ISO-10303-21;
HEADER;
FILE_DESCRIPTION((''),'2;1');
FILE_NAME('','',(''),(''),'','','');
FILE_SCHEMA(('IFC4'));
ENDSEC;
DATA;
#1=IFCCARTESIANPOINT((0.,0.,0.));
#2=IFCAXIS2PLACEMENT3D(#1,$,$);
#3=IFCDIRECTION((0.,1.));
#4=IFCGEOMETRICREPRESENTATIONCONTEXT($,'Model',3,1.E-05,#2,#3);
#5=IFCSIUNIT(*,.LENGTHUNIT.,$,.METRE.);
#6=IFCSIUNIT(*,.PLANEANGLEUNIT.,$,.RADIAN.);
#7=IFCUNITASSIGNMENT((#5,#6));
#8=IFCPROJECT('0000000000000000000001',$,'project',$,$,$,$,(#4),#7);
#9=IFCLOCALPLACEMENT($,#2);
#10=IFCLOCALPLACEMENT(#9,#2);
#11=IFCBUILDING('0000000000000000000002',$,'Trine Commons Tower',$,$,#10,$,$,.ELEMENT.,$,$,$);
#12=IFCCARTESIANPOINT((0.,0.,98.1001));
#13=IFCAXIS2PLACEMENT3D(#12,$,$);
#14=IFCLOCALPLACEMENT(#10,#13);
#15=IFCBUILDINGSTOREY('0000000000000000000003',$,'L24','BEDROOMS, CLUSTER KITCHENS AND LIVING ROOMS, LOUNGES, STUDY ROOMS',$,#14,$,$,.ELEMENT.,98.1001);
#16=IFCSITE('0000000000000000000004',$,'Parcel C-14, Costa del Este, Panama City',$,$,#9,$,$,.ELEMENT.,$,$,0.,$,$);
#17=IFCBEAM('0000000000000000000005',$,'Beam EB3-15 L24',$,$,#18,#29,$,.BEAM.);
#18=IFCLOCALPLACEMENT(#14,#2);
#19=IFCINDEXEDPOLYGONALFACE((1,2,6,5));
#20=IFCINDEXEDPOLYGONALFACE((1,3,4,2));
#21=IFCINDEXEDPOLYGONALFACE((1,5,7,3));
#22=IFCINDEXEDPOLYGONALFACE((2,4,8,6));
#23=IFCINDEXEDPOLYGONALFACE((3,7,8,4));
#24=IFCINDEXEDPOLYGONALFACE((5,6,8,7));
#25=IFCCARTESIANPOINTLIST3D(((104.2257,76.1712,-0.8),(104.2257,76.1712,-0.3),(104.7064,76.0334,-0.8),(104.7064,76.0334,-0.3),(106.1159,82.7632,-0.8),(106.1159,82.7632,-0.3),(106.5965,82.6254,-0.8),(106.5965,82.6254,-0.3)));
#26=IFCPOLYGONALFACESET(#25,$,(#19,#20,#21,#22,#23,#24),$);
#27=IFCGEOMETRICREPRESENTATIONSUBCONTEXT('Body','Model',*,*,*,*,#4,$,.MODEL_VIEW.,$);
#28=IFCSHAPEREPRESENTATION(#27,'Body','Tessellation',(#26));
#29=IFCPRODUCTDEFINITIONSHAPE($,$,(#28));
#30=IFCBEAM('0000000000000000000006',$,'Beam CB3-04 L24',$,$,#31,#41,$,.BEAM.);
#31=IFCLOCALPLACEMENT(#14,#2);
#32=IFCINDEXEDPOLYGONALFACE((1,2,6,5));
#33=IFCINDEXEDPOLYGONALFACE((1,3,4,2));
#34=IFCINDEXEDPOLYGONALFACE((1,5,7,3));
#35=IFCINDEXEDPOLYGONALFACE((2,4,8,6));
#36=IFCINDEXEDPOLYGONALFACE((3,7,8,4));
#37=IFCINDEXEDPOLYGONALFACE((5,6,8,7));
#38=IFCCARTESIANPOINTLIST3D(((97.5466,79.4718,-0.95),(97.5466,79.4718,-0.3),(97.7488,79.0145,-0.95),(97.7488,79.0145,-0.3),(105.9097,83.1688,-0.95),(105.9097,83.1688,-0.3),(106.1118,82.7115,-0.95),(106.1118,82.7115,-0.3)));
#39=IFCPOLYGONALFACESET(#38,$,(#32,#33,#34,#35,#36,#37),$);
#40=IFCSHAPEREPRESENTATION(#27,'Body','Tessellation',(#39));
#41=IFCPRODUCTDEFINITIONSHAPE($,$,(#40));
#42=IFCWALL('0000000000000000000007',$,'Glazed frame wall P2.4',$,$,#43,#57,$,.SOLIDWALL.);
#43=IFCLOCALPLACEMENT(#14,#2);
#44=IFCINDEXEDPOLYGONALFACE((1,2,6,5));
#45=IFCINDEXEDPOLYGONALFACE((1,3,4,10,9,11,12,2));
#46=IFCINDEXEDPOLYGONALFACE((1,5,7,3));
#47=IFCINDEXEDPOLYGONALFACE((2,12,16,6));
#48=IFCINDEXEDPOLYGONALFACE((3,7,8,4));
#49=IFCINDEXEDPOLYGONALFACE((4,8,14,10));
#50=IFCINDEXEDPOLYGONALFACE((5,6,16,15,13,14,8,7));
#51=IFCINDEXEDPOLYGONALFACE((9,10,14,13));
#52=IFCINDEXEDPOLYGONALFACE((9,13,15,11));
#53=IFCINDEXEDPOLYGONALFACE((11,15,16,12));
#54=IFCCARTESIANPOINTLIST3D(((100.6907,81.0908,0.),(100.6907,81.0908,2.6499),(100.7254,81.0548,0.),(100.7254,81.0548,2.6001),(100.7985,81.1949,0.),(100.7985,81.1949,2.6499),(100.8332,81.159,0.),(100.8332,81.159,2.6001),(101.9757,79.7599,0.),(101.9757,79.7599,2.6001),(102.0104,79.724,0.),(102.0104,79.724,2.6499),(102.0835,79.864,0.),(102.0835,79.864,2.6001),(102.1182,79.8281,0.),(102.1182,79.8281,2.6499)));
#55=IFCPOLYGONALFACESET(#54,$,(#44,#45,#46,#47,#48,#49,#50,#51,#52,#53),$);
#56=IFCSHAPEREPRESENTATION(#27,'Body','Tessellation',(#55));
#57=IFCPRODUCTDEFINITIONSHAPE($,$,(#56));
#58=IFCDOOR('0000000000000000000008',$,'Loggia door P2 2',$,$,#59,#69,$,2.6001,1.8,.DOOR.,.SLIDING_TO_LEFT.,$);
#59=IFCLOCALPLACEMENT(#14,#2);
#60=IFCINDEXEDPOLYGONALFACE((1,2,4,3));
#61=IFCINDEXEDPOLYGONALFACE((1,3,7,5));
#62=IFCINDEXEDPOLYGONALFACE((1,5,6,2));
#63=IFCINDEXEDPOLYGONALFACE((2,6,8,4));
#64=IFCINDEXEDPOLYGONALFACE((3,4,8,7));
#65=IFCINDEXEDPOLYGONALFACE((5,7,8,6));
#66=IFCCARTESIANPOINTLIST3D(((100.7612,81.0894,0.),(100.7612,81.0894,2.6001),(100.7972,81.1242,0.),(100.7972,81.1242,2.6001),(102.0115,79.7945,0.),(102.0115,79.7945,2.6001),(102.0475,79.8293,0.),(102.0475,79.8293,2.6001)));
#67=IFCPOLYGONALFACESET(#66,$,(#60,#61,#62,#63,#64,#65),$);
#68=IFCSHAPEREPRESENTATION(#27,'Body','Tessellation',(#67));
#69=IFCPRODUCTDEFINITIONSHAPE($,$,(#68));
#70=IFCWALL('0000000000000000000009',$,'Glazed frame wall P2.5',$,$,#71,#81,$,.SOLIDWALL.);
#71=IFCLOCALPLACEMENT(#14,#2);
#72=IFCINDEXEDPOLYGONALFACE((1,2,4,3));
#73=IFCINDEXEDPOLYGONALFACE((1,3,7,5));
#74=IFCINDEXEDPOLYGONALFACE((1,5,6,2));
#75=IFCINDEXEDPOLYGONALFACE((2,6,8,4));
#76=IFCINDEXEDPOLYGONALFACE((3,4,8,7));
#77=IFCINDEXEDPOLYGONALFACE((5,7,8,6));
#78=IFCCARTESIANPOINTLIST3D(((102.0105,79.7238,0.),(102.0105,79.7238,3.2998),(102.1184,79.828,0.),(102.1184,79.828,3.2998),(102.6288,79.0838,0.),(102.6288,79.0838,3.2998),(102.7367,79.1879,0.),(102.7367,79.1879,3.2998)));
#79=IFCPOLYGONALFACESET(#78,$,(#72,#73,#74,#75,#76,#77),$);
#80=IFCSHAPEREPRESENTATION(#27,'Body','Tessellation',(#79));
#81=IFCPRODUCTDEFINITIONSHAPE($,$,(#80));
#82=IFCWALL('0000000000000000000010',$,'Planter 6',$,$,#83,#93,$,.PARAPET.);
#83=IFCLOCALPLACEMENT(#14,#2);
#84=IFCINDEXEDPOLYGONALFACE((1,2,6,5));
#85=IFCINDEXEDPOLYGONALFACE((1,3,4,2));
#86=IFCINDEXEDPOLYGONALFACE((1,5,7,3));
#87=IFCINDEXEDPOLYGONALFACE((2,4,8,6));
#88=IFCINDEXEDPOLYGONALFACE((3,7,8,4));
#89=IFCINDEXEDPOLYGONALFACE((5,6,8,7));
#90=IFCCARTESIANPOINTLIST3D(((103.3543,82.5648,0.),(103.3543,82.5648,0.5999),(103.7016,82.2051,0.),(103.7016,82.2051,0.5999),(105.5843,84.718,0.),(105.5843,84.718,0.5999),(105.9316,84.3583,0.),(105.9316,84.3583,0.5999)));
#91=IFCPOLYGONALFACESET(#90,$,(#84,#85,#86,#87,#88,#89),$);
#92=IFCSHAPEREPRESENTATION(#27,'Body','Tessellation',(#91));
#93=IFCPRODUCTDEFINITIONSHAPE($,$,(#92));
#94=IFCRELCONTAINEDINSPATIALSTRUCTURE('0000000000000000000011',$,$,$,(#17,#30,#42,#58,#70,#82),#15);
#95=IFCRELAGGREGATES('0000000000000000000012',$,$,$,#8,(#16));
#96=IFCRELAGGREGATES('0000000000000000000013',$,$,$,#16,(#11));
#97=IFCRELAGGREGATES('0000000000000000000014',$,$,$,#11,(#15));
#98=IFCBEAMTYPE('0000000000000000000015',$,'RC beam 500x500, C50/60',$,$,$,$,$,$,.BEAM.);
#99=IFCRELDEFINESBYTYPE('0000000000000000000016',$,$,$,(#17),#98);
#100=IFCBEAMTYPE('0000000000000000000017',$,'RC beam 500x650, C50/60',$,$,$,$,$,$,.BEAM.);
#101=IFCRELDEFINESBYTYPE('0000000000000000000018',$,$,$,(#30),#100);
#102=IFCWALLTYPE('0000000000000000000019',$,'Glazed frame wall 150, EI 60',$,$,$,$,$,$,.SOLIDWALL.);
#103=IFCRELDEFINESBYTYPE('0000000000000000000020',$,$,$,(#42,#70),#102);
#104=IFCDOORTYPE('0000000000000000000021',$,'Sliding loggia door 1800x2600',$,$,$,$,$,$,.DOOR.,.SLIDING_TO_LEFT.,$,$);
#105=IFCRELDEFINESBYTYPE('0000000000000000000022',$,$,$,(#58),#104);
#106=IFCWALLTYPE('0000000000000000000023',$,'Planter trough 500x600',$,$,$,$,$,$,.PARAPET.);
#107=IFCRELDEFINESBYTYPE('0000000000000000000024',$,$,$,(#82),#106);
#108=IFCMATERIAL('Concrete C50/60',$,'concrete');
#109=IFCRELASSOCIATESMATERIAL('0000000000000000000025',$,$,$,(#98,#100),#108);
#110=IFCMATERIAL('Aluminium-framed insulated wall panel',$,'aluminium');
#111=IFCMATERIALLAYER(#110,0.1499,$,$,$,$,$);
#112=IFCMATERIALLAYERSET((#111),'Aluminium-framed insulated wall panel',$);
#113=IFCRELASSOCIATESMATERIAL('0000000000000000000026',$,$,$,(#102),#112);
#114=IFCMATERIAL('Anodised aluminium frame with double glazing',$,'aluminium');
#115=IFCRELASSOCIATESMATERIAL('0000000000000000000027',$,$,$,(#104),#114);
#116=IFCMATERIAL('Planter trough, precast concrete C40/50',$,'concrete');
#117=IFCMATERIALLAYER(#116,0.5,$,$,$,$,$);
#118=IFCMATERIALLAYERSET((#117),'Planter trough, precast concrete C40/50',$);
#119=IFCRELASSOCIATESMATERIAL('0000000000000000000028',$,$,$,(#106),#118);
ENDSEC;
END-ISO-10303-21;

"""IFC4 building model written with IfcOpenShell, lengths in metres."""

from ifc_helpers import new_model, si_unit, direction, frame, frame_2d, origin, origin_2d, place, context, subcontext, project, spatial, polyline, rectangle, outline, extrude, material, layer, layer_set, material_profile, profile_set, type_object, element, fill, save


model = new_model("IFC4")

# Units and contexts
model_context = context("Model", 3, precision=1e-05, world=origin(), true_north=direction((0.0, 1.0)))
body_context = subcontext(model_context, "Body", "Model", "MODEL_VIEW")
ifc_project = project(units=[si_unit("LENGTHUNIT", "METRE"), si_unit("PLANEANGLEUNIT", "RADIAN")], contexts=[model_context])

# Site, building, storey
site_placement = place(None, origin())
site = spatial("IfcSite", under=ifc_project, at=site_placement, Name="Parcel C-14, Costa del Este, Panama City", CompositionType="ELEMENT", RefElevation=0.0)
building_placement = place(site_placement, origin())
building = spatial("IfcBuilding", under=site, at=building_placement, Name="Trine Commons Tower", CompositionType="ELEMENT")
storey_placement = place(building_placement, frame((0.0, 0.0, 98.1001)))
storey = spatial("IfcBuildingStorey", under=building, at=storey_placement, Name="L24", Description="BEDROOMS, CLUSTER KITCHENS AND LIVING ROOMS, LOUNGES, STUDY ROOMS", CompositionType="ELEMENT", Elevation=98.1001)

# Beams
ifc_material_1 = material(Name="Concrete C50/60", Category="concrete")
ifc_material_profile_1 = material_profile(ifc_material_1, rectangle(XDim=0.5, YDim=0.5, at=origin_2d()), Name="RC 500x500")
ifc_profile_set_1 = profile_set([ifc_material_profile_1], Name="Concrete C50/60")
beam_type_1 = type_object("IfcBeamType", Name="RC beam 500x500, C50/60", PredefinedType="BEAM", material=ifc_profile_set_1)
beam_1_placement = place(storey_placement, frame((106.3562, 82.6943, -0.55), z_axis=(-0.275624, -0.961266, 0.0), x_axis=(0.961266, -0.275624, 0.0)))
element("IfcBeam", 1, at=beam_1_placement, inside=storey, type_object=beam_type_1, Name="Beam EB3-15 L24", PredefinedType="BEAM", context=body_context, shape_type="SweptSolid", body=[
    extrude(rectangle(XDim=0.5, YDim=0.5, at=origin_2d()), origin(), (0.0, 0.0, 1.0), 6.8577),
])
ifc_material_profile_2 = material_profile(ifc_material_1, rectangle(XDim=0.5, YDim=0.6499, at=origin_2d()), Name="RC 500x650")
ifc_profile_set_2 = profile_set([ifc_material_profile_2], Name="Concrete C50/60")
beam_type_2 = type_object("IfcBeamType", Name="RC beam 500x650, C50/60", PredefinedType="BEAM", material=ifc_profile_set_2)
beam_2_placement = place(storey_placement, frame((106.0107, 82.9402, -0.625), z_axis=(-0.914617, -0.404322, 0.0), x_axis=(0.404322, -0.914617, 0.0)))
element("IfcBeam", 2, at=beam_2_placement, inside=storey, type_object=beam_type_2, Name="Beam CB3-04 L24", PredefinedType="BEAM", context=body_context, shape_type="SweptSolid", body=[
    extrude(rectangle(XDim=0.5, YDim=0.6499, at=origin_2d()), origin(), (0.0, 0.0, 1.0), 9.1438),
])

# Wall, opening, door
ifc_material_2 = material(Name="Aluminium-framed insulated wall panel", Category="aluminium")
ifc_layer_1 = layer(ifc_material_2, 0.1499)
ifc_layer_set_1 = layer_set([ifc_layer_1], Name="Aluminium-framed insulated wall panel")
wall_type_1 = type_object("IfcWallType", Name="Glazed frame wall 150, EI 60", PredefinedType="SOLIDWALL", material=ifc_layer_set_1)
wall_1_placement = place(storey_placement, frame((100.7446, 81.1428, 0.0), z_axis=(0.0, 0.0, 1.0), x_axis=(0.694599, -0.719397, 0.0)))
wall_1 = element("IfcWall", 3, at=wall_1_placement, inside=storey, type_object=wall_type_1, Name="Glazed frame wall P2.4", PredefinedType="SOLIDWALL", context=body_context, shape_type="SweptSolid", body=[
    extrude(outline(polyline([(0.0, -0.075), (1.8999, -0.075), (1.8999, 0.075), (0.0, 0.075), (0.0, -0.075)])), origin(), (0.0, 0.0, 1.0), 2.6499),
])
opening_1_placement = place(wall_1_placement, frame((0.05, 0.0, 0.0)))
opening_1 = element("IfcOpeningElement", 4, at=opening_1_placement, cuts=wall_1, PredefinedType="OPENING", context=body_context, shape_type="SweptSolid", body=[
    extrude(rectangle(XDim=1.8, YDim=2.6001, at=frame_2d((0.8999, 1.3))), frame((0.0, 0.085, 0.0), z_axis=(0.0, -1.0, 0.0), x_axis=(1.0, 0.0, 0.0)), (0.0, 0.0, 1.0), 0.1699),
])
ifc_material_3 = material(Name="Anodised aluminium frame with double glazing", Category="aluminium")
door_type = type_object("IfcDoorType", Name="Sliding loggia door 1800x2600", OperationType="SLIDING_TO_LEFT", PredefinedType="DOOR", material=ifc_material_3)
door_1_placement = place(opening_1_placement, origin())
door_1 = element("IfcDoor", 5, at=door_1_placement, inside=storey, type_object=door_type, Name="Loggia door P2 2", OperationType="SLIDING_TO_LEFT", OverallHeight=2.6001, OverallWidth=1.8, PredefinedType="DOOR", context=body_context, shape_type="SweptSolid", body=[
    extrude(rectangle(XDim=1.8, YDim=2.6001, at=frame_2d((0.8999, 1.3))), frame((0.0, 0.0249, 0.0), z_axis=(0.0, -1.0, 0.0), x_axis=(1.0, 0.0, 0.0)), (0.0, 0.0, 1.0), 0.05),
])
fill(opening_1, door_1)

# Wall
wall_2_placement = place(storey_placement, frame((102.0645, 79.7759, 0.0), z_axis=(0.0, 0.0, 1.0), x_axis=(0.694795, -0.719208, 0.0)))
element("IfcWall", 6, at=wall_2_placement, inside=storey, type_object=wall_type_1, Name="Glazed frame wall P2.5", PredefinedType="SOLIDWALL", context=body_context, shape_type="SweptSolid", body=[
    extrude(outline(polyline([(0.8899, 0.075), (0.0, 0.075), (0.0, -0.075), (0.8899, -0.075), (0.8899, 0.075)])), origin(), (0.0, 0.0, 1.0), 3.2998),
])

# Wall
ifc_material_4 = material(Name="Planter trough, precast concrete C40/50", Category="concrete")
ifc_layer_2 = layer(ifc_material_4, 0.5)
ifc_layer_set_2 = layer_set([ifc_layer_2], Name="Planter trough, precast concrete C40/50")
wall_type_2 = type_object("IfcWallType", Name="Planter trough 500x600", PredefinedType="PARAPET", material=ifc_layer_set_2)
wall_3_placement = place(storey_placement, frame((103.5281, 82.385, 0.0), z_axis=(0.0, 0.0, 1.0), x_axis=(0.719363, 0.694634, 0.0)))
element("IfcWall", 7, at=wall_3_placement, inside=storey, type_object=wall_type_2, Name="Planter 6", PredefinedType="PARAPET", context=body_context, shape_type="SweptSolid", body=[
    extrude(rectangle(XDim=3.0999, YDim=0.5, at=frame_2d((1.5498, 0.0))), origin(), (0.0, 0.0, 1.0), 0.5999),
])

save(model, "model.ifc")
